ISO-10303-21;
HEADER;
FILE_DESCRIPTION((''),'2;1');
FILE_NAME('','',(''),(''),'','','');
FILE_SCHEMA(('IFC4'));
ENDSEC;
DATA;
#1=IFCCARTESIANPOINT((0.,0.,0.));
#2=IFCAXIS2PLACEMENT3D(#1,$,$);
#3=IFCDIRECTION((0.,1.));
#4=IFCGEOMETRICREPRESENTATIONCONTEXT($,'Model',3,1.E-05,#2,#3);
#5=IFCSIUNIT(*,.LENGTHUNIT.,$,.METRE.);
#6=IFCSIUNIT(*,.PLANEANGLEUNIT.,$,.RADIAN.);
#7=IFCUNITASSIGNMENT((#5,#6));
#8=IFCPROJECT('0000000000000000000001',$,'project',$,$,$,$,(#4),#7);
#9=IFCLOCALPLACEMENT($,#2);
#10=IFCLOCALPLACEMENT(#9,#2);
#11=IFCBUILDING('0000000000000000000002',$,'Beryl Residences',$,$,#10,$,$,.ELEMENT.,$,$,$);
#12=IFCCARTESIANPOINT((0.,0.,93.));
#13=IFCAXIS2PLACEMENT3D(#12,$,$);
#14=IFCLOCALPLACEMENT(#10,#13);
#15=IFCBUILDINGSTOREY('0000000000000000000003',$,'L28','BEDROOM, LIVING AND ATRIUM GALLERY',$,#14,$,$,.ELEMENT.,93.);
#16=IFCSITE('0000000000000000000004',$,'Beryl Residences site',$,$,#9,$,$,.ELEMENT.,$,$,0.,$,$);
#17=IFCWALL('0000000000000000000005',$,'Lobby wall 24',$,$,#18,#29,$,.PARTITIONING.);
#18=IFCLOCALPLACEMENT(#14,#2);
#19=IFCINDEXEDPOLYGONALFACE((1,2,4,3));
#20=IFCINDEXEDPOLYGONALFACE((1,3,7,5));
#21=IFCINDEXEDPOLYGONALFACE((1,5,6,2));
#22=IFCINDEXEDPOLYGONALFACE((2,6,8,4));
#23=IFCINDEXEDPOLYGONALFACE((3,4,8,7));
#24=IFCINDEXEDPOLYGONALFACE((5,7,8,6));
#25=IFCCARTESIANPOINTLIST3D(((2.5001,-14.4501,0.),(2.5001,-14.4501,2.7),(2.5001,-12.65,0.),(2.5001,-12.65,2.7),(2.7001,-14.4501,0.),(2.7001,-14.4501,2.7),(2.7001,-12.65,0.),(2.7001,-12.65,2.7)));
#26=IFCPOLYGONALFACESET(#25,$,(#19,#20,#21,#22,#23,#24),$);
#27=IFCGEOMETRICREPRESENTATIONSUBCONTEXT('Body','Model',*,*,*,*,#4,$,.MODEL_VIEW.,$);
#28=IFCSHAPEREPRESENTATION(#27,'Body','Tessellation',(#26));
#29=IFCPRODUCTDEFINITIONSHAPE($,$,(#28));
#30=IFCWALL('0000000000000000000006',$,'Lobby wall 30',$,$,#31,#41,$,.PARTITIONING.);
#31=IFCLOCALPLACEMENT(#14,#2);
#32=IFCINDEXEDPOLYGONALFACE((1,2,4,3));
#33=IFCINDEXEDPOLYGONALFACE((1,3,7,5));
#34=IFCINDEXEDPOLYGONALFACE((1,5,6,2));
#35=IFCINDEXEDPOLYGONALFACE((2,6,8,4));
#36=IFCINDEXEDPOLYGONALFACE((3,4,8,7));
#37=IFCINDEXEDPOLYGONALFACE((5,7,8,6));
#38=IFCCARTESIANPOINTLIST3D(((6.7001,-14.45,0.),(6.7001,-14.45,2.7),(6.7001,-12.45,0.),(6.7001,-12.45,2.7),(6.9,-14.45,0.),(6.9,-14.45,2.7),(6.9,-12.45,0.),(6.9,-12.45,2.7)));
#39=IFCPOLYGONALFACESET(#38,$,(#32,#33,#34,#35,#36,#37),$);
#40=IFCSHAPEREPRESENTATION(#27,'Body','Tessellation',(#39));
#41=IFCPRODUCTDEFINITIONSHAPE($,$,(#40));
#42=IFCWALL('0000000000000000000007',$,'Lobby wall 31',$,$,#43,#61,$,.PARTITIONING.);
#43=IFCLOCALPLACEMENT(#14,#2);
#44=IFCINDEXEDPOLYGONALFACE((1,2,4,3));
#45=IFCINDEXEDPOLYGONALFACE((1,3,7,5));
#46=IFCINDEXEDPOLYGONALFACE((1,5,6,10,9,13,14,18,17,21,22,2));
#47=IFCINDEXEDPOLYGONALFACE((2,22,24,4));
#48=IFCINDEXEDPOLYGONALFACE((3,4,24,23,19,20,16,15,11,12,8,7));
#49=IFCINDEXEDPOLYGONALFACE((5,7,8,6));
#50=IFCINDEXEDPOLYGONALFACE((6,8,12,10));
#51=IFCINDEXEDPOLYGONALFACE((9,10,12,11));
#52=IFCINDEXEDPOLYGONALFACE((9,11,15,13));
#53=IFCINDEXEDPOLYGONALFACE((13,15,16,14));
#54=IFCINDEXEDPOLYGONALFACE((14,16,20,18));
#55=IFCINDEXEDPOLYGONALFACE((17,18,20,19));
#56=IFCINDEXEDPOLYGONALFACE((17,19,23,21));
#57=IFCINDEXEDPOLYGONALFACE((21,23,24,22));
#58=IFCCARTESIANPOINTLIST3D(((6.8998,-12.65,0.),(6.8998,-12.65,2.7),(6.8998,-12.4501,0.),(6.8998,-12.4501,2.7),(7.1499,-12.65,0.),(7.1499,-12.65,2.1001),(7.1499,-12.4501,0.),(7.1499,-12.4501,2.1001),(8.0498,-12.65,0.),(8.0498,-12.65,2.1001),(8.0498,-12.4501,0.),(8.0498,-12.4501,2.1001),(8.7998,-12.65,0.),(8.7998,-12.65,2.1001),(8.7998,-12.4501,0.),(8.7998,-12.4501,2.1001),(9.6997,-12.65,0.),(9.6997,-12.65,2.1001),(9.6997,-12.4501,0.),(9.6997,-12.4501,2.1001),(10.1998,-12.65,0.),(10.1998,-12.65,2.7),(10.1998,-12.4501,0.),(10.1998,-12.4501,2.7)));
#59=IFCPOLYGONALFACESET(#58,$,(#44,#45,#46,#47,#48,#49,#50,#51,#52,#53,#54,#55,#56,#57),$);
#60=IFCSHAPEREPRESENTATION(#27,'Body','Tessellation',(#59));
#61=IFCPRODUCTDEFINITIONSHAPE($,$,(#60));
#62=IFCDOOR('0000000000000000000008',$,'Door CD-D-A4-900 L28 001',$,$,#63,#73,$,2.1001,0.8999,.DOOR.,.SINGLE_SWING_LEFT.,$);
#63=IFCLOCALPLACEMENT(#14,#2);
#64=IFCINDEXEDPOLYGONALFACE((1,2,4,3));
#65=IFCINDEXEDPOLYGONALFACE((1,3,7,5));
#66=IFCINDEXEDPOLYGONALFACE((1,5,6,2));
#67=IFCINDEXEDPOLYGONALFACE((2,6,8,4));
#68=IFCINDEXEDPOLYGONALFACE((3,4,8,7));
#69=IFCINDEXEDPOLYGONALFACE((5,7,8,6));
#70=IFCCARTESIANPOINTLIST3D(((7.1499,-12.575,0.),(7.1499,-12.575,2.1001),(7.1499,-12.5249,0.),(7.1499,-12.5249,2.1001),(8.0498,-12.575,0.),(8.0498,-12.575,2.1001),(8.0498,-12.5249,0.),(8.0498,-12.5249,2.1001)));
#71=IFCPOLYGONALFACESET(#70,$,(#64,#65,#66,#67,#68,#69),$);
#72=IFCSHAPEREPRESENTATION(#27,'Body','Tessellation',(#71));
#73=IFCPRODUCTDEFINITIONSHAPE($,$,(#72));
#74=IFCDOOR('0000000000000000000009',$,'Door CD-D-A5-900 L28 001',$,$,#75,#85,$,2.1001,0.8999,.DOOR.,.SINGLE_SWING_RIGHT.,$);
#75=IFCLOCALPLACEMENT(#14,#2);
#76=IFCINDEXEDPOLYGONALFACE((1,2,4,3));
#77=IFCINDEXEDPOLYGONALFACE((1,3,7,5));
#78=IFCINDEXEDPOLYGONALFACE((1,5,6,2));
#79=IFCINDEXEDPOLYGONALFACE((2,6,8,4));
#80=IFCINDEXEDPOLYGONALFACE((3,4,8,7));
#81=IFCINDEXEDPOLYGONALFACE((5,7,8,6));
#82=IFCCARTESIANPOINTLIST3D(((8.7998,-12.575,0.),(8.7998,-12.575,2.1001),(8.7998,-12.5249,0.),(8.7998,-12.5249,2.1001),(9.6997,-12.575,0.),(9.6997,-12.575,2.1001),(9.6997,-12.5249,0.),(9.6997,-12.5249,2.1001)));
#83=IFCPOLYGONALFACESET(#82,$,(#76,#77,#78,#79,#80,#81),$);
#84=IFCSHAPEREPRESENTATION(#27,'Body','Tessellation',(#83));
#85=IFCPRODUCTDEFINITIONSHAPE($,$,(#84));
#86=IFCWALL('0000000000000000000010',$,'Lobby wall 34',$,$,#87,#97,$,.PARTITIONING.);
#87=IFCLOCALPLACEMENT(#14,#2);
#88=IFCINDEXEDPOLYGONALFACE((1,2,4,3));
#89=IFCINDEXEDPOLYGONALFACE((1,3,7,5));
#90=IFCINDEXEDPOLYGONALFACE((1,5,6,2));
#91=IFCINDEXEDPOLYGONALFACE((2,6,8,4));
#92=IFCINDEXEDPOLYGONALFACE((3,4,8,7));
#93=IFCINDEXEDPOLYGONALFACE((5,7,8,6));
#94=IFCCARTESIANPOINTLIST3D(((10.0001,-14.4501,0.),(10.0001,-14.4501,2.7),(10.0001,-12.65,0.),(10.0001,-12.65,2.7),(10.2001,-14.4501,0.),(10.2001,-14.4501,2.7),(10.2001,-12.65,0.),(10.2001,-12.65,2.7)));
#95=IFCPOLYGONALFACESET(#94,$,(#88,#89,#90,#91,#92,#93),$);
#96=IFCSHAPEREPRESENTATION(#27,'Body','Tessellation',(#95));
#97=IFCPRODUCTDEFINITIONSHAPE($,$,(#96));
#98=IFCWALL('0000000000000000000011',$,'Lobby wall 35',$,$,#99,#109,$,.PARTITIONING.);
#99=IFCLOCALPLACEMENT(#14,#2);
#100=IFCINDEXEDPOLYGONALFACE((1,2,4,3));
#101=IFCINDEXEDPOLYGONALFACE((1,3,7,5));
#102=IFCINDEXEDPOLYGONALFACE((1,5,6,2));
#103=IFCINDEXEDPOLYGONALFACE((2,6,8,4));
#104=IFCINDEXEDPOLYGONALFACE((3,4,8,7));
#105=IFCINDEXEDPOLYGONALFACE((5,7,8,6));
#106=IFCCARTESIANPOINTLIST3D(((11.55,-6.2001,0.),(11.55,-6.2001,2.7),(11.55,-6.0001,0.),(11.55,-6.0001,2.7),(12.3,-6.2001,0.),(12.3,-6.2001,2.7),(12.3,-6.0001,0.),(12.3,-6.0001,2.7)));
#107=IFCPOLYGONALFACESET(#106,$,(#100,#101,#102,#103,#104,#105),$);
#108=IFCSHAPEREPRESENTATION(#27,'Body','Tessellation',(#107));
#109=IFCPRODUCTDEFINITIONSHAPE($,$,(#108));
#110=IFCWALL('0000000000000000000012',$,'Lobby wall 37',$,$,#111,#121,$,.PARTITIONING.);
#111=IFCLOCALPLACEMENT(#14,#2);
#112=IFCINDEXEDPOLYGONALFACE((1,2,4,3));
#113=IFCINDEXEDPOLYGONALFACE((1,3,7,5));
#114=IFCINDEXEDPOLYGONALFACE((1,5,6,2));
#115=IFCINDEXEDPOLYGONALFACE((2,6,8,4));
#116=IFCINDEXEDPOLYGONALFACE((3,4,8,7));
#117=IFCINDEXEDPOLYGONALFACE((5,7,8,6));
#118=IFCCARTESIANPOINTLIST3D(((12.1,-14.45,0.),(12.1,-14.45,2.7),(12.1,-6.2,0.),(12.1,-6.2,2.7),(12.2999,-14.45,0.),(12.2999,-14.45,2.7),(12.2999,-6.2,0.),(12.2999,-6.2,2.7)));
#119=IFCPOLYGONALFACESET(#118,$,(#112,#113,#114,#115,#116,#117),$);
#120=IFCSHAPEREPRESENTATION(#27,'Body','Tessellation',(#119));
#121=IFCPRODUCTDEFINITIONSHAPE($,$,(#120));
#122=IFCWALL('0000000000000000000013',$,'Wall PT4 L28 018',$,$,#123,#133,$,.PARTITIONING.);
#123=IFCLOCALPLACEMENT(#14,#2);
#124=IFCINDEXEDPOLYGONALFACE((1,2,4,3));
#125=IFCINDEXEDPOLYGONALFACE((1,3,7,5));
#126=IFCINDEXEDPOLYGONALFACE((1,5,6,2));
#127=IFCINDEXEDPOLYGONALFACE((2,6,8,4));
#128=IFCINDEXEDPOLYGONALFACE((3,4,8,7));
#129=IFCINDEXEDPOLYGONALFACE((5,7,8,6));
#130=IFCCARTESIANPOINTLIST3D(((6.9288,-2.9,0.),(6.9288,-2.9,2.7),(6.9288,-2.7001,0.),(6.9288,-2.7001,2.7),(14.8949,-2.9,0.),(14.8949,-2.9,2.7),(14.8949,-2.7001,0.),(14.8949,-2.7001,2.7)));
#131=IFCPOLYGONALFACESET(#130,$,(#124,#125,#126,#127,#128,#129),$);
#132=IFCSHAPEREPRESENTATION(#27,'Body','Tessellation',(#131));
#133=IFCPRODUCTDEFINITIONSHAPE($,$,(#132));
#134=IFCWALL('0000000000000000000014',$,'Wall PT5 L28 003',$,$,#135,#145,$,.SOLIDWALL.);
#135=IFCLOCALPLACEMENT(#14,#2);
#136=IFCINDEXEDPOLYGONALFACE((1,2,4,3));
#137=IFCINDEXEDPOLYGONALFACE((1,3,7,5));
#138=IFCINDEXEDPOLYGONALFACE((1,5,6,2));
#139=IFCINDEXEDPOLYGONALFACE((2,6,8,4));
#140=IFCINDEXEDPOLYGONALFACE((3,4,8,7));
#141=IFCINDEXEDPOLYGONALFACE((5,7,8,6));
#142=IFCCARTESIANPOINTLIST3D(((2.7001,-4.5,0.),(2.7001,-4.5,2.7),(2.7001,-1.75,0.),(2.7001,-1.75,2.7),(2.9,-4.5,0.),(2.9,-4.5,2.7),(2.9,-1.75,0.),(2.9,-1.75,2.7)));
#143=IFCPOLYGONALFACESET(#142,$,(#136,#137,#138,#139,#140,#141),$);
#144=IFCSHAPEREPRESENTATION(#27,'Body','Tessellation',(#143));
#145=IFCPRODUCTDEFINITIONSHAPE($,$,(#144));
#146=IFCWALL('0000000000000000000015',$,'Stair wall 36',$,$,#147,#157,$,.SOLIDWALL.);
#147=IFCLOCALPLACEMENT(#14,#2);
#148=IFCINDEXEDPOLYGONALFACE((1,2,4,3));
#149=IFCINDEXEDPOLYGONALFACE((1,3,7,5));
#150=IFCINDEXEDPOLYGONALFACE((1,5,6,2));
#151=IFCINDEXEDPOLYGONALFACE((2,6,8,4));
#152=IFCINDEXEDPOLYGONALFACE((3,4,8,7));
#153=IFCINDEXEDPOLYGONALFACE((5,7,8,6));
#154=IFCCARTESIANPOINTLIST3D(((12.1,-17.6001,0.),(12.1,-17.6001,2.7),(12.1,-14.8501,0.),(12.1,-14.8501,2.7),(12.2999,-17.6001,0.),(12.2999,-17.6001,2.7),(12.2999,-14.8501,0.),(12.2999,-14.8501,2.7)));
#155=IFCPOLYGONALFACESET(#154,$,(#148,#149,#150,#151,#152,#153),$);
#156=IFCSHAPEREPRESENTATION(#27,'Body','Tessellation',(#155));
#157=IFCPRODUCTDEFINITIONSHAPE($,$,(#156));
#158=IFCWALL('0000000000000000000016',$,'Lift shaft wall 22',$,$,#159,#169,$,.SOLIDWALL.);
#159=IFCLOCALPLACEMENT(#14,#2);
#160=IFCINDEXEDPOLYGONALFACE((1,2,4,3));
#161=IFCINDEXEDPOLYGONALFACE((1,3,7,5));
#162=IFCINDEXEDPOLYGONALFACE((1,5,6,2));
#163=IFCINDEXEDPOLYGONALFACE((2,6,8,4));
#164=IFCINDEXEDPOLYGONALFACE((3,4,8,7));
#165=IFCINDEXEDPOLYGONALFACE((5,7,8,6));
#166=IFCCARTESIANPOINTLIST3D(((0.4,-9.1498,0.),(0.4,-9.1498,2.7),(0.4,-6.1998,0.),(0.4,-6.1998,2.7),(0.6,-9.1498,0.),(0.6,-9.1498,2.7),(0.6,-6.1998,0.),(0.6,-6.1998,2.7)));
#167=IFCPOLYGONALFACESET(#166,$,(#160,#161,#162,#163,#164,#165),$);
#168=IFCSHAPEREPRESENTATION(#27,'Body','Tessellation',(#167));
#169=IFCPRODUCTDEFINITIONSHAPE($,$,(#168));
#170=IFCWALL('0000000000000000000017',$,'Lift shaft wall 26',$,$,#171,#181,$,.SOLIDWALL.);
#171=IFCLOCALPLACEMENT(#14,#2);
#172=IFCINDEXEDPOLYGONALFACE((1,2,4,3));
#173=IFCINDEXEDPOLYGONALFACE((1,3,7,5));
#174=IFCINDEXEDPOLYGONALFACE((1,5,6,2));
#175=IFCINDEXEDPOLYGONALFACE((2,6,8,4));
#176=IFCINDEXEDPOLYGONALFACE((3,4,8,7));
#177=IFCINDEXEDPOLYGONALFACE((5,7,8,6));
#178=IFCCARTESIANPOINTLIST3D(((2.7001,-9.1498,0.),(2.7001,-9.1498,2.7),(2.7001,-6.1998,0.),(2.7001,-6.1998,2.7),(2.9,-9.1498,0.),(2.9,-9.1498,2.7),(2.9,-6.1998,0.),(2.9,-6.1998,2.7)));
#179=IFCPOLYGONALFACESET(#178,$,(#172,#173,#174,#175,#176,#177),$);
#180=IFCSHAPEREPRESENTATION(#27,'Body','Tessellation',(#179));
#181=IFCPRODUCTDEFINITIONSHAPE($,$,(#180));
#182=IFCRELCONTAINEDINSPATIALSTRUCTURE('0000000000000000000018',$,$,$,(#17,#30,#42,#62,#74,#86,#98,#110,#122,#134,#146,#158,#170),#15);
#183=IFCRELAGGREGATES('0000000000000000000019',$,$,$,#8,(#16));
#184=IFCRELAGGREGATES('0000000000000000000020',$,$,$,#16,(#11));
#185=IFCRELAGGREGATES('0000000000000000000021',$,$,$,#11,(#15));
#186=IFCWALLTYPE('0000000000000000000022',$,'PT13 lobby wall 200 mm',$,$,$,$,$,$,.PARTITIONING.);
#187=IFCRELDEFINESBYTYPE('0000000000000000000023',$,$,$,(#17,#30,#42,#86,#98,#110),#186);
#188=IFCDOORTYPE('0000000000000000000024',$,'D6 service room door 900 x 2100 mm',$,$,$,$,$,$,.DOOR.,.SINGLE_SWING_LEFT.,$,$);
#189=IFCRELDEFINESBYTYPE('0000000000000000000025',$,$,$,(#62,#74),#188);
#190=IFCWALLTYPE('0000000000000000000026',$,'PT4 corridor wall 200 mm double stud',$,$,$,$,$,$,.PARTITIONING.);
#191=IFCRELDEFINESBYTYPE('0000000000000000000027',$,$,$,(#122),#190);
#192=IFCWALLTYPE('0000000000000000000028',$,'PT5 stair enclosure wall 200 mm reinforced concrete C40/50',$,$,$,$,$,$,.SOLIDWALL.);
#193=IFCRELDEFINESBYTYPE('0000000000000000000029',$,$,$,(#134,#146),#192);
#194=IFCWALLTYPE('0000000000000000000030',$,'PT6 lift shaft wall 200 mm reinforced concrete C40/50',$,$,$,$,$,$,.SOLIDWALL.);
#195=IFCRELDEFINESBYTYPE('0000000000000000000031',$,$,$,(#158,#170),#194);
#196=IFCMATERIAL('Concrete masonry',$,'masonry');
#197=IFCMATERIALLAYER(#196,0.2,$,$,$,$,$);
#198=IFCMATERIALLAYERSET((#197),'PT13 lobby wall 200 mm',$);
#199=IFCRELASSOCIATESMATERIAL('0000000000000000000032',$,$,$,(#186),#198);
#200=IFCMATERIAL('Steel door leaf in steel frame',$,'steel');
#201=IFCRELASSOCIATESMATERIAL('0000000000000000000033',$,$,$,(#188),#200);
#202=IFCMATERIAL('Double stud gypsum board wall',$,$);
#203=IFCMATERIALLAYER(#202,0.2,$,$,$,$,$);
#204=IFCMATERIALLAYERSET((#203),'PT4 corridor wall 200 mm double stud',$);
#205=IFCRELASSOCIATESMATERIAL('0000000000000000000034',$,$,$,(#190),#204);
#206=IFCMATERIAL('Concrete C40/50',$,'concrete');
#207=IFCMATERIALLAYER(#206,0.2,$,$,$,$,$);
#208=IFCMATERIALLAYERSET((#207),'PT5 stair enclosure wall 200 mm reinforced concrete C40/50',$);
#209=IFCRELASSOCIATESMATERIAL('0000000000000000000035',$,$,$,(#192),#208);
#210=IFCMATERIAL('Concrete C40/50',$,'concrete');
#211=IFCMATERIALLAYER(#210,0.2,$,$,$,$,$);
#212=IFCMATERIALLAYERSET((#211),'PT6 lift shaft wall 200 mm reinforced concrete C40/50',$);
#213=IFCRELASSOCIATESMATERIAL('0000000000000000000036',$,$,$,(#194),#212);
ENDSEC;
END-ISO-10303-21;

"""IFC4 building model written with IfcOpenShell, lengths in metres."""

from ifc_helpers import new_model, si_unit, direction, frame, frame_2d, origin, place, context, subcontext, project, spatial, rectangle, extrude, material, layer, layer_set, type_object, element, fill, save


model = new_model("IFC4")

# Units and contexts
model_context = context("Model", 3, precision=1e-05, world=origin(), true_north=direction((0.0, 1.0)))
body_context = subcontext(model_context, "Body", "Model", "MODEL_VIEW")
ifc_project = project(units=[si_unit("LENGTHUNIT", "METRE"), si_unit("PLANEANGLEUNIT", "RADIAN")], contexts=[model_context])

# Site, building, storey
site_placement = place(None, origin())
site = spatial("IfcSite", under=ifc_project, at=site_placement, Name="Beryl Residences site", CompositionType="ELEMENT", RefElevation=0.0)
building_placement = place(site_placement, origin())
building = spatial("IfcBuilding", under=site, at=building_placement, Name="Beryl Residences", CompositionType="ELEMENT")
storey_placement = place(building_placement, frame((0.0, 0.0, 93.0)))
storey = spatial("IfcBuildingStorey", under=building, at=storey_placement, Name="L28", Description="BEDROOM, LIVING AND ATRIUM GALLERY", CompositionType="ELEMENT", Elevation=93.0)

# Walls
ifc_material_1 = material(Name="Concrete masonry", Category="masonry")
ifc_layer_1 = layer(ifc_material_1, 0.2)
ifc_layer_set_1 = layer_set([ifc_layer_1], Name="PT13 lobby wall 200 mm")
wall_type_1 = type_object("IfcWallType", Name="PT13 lobby wall 200 mm", PredefinedType="PARTITIONING", material=ifc_layer_set_1)
wall_1_placement = place(storey_placement, frame((2.6001, -14.45, 0.0), z_axis=(0.0, 0.0, 1.0), x_axis=(0.0, 1.0, 0.0)))
element("IfcWall", 1, at=wall_1_placement, inside=storey, type_object=wall_type_1, Name="Lobby wall 24", PredefinedType="PARTITIONING", context=body_context, shape_type="SweptSolid", body=[
    extrude(rectangle(XDim=1.8, YDim=0.2, at=frame_2d((0.8999, 0.0))), origin(), (0.0, 0.0, 1.0), 2.7),
])
wall_2_placement = place(storey_placement, frame((6.8, -14.45, 0.0), z_axis=(0.0, 0.0, 1.0), x_axis=(0.0, 1.0, 0.0)))
element("IfcWall", 2, at=wall_2_placement, inside=storey, type_object=wall_type_1, Name="Lobby wall 30", PredefinedType="PARTITIONING", context=body_context, shape_type="SweptSolid", body=[
    extrude(rectangle(XDim=2.0, YDim=0.2, at=frame_2d((1.0, 0.0))), origin(), (0.0, 0.0, 1.0), 2.7),
])

# Wall, openings, doors
wall_3_placement = place(storey_placement, frame((6.8999, -12.55, 0.0), z_axis=(0.0, 0.0, 1.0), x_axis=(1.0, 0.0, 0.0)))
wall_3 = element("IfcWall", 3, at=wall_3_placement, inside=storey, type_object=wall_type_1, Name="Lobby wall 31", PredefinedType="PARTITIONING", context=body_context, shape_type="SweptSolid", body=[
    extrude(rectangle(XDim=3.3, YDim=0.2, at=frame_2d((1.6499, 0.0))), origin(), (0.0, 0.0, 1.0), 2.7),
])
opening_1_placement = place(wall_3_placement, frame((1.1499, 0.0, 0.0), z_axis=(0.0, 0.0, 1.0), x_axis=(-1.0, 0.0, 0.0)))
opening_1 = element("IfcOpeningElement", 4, at=opening_1_placement, cuts=wall_3, PredefinedType="OPENING", context=body_context, shape_type="SweptSolid", body=[
    extrude(rectangle(XDim=0.8999, YDim=2.1001, at=frame_2d((0.45, 1.05))), frame((0.0, 0.1099, 0.0), z_axis=(0.0, -1.0, 0.0), x_axis=(1.0, 0.0, 0.0)), (0.0, 0.0, 1.0), 0.22),
])
opening_2_placement = place(wall_3_placement, frame((2.7998, 0.0, 0.0), z_axis=(0.0, 0.0, 1.0), x_axis=(-1.0, 0.0, 0.0)))
opening_2 = element("IfcOpeningElement", 5, at=opening_2_placement, cuts=wall_3, PredefinedType="OPENING", context=body_context, shape_type="SweptSolid", body=[
    extrude(rectangle(XDim=0.8999, YDim=2.1001, at=frame_2d((0.45, 1.05))), frame((0.0, 0.1099, 0.0), z_axis=(0.0, -1.0, 0.0), x_axis=(1.0, 0.0, 0.0)), (0.0, 0.0, 1.0), 0.22),
])
ifc_material_2 = material(Name="Steel door leaf in steel frame", Category="steel")
door_type = type_object("IfcDoorType", Name="D6 service room door 900 x 2100 mm", OperationType="SINGLE_SWING_LEFT", PredefinedType="DOOR", material=ifc_material_2)
door_1_placement = place(opening_1_placement, origin())
door_1 = element("IfcDoor", 6, at=door_1_placement, inside=storey, type_object=door_type, Name="Door CD-D-A4-900 L28 001", OperationType="SINGLE_SWING_LEFT", OverallHeight=2.1001, OverallWidth=0.8999, PredefinedType="DOOR", context=body_context, shape_type="SweptSolid", body=[
    extrude(rectangle(XDim=0.8999, YDim=2.1001, at=frame_2d((0.45, 1.05))), frame((0.0, 0.0249, 0.0), z_axis=(0.0, -1.0, 0.0), x_axis=(1.0, 0.0, 0.0)), (0.0, 0.0, 1.0), 0.05),
])
fill(opening_1, door_1)
door_2_placement = place(opening_2_placement, origin())
door_2 = element("IfcDoor", 7, at=door_2_placement, inside=storey, type_object=door_type, Name="Door CD-D-A5-900 L28 001", OperationType="SINGLE_SWING_RIGHT", OverallHeight=2.1001, OverallWidth=0.8999, PredefinedType="DOOR", context=body_context, shape_type="SweptSolid", body=[
    extrude(rectangle(XDim=0.8999, YDim=2.1001, at=frame_2d((0.45, 1.05))), frame((0.0, 0.0249, 0.0), z_axis=(0.0, -1.0, 0.0), x_axis=(1.0, 0.0, 0.0)), (0.0, 0.0, 1.0), 0.05),
])
fill(opening_2, door_2)

# Walls
wall_4_placement = place(storey_placement, frame((10.1001, -14.45, 0.0), z_axis=(0.0, 0.0, 1.0), x_axis=(0.0, 1.0, 0.0)))
element("IfcWall", 8, at=wall_4_placement, inside=storey, type_object=wall_type_1, Name="Lobby wall 34", PredefinedType="PARTITIONING", context=body_context, shape_type="SweptSolid", body=[
    extrude(rectangle(XDim=1.8, YDim=0.2, at=frame_2d((0.8999, 0.0))), origin(), (0.0, 0.0, 1.0), 2.7),
])
wall_5_placement = place(storey_placement, frame((11.55, -6.1001, 0.0), z_axis=(0.0, 0.0, 1.0), x_axis=(1.0, 0.0, 0.0)))
element("IfcWall", 9, at=wall_5_placement, inside=storey, type_object=wall_type_1, Name="Lobby wall 35", PredefinedType="PARTITIONING", context=body_context, shape_type="SweptSolid", body=[
    extrude(rectangle(XDim=0.75, YDim=0.2, at=frame_2d((0.375, 0.0))), origin(), (0.0, 0.0, 1.0), 2.7),
])
wall_6_placement = place(storey_placement, frame((12.2, -14.45, 0.0), z_axis=(0.0, 0.0, 1.0), x_axis=(0.0, 1.0, 0.0)))
element("IfcWall", 10, at=wall_6_placement, inside=storey, type_object=wall_type_1, Name="Lobby wall 37", PredefinedType="PARTITIONING", context=body_context, shape_type="SweptSolid", body=[
    extrude(rectangle(XDim=8.25, YDim=0.2, at=frame_2d((4.125, 0.0))), origin(), (0.0, 0.0, 1.0), 2.7),
])
ifc_material_3 = material(Name="Double stud gypsum board wall")
ifc_layer_2 = layer(ifc_material_3, 0.2)
ifc_layer_set_2 = layer_set([ifc_layer_2], Name="PT4 corridor wall 200 mm double stud")
wall_type_2 = type_object("IfcWallType", Name="PT4 corridor wall 200 mm double stud", PredefinedType="PARTITIONING", material=ifc_layer_set_2)
wall_7_placement = place(storey_placement, frame((6.929, -2.8, 0.0), z_axis=(0.0, 0.0, 1.0), x_axis=(1.0, 0.0, 0.0)))
element("IfcWall", 11, at=wall_7_placement, inside=storey, type_object=wall_type_2, Name="Wall PT4 L28 018", PredefinedType="PARTITIONING", context=body_context, shape_type="SweptSolid", body=[
    extrude(rectangle(XDim=7.9661, YDim=0.2, at=frame_2d((3.9829, 0.0))), origin(), (0.0, 0.0, 1.0), 2.7),
])
ifc_material_4 = material(Name="Concrete C40/50", Category="concrete")
ifc_layer_3 = layer(ifc_material_4, 0.2)
ifc_layer_set_3 = layer_set([ifc_layer_3], Name="PT5 stair enclosure wall 200 mm reinforced concrete C40/50")
wall_type_3 = type_object("IfcWallType", Name="PT5 stair enclosure wall 200 mm reinforced concrete C40/50", PredefinedType="SOLIDWALL", material=ifc_layer_set_3)
for number, where, z_axis, x_axis, name in (
    (12, (2.8, -4.5, 0.0), (0.0, 0.0, 1.0), (0.0, 1.0, 0.0), "Wall PT5 L28 003"),
    (13, (12.2, -17.6001, 0.0), (0.0, 0.0, 1.0), (0.0, 1.0, 0.0), "Stair wall 36"),
):
    element("IfcWall", number, at=place(storey_placement, frame(where, z_axis=z_axis, x_axis=x_axis)), inside=storey, type_object=wall_type_3, Name=name, PredefinedType="SOLIDWALL", context=body_context, shape_type="SweptSolid", body=[
        extrude(rectangle(XDim=2.75, YDim=0.2, at=frame_2d((1.375, 0.0))), origin(), (0.0, 0.0, 1.0), 2.7),
    ])
ifc_material_5 = material(Name="Concrete C40/50", Category="concrete")
ifc_layer_4 = layer(ifc_material_5, 0.2)
ifc_layer_set_4 = layer_set([ifc_layer_4], Name="PT6 lift shaft wall 200 mm reinforced concrete C40/50")
wall_type_4 = type_object("IfcWallType", Name="PT6 lift shaft wall 200 mm reinforced concrete C40/50", PredefinedType="SOLIDWALL", material=ifc_layer_set_4)
for number, where, z_axis, x_axis, name in (
    (14, (0.5, -9.1499, 0.0), (0.0, 0.0, 1.0), (0.0, 1.0, 0.0), "Lift shaft wall 22"),
    (15, (2.8, -9.1499, 0.0), (0.0, 0.0, 1.0), (0.0, 1.0, 0.0), "Lift shaft wall 26"),
):
    element("IfcWall", number, at=place(storey_placement, frame(where, z_axis=z_axis, x_axis=x_axis)), inside=storey, type_object=wall_type_4, Name=name, PredefinedType="SOLIDWALL", context=body_context, shape_type="SweptSolid", body=[
        extrude(rectangle(XDim=2.95, YDim=0.2, at=frame_2d((1.4751, 0.0))), origin(), (0.0, 0.0, 1.0), 2.7),
    ])

save(model, "model.ifc")
